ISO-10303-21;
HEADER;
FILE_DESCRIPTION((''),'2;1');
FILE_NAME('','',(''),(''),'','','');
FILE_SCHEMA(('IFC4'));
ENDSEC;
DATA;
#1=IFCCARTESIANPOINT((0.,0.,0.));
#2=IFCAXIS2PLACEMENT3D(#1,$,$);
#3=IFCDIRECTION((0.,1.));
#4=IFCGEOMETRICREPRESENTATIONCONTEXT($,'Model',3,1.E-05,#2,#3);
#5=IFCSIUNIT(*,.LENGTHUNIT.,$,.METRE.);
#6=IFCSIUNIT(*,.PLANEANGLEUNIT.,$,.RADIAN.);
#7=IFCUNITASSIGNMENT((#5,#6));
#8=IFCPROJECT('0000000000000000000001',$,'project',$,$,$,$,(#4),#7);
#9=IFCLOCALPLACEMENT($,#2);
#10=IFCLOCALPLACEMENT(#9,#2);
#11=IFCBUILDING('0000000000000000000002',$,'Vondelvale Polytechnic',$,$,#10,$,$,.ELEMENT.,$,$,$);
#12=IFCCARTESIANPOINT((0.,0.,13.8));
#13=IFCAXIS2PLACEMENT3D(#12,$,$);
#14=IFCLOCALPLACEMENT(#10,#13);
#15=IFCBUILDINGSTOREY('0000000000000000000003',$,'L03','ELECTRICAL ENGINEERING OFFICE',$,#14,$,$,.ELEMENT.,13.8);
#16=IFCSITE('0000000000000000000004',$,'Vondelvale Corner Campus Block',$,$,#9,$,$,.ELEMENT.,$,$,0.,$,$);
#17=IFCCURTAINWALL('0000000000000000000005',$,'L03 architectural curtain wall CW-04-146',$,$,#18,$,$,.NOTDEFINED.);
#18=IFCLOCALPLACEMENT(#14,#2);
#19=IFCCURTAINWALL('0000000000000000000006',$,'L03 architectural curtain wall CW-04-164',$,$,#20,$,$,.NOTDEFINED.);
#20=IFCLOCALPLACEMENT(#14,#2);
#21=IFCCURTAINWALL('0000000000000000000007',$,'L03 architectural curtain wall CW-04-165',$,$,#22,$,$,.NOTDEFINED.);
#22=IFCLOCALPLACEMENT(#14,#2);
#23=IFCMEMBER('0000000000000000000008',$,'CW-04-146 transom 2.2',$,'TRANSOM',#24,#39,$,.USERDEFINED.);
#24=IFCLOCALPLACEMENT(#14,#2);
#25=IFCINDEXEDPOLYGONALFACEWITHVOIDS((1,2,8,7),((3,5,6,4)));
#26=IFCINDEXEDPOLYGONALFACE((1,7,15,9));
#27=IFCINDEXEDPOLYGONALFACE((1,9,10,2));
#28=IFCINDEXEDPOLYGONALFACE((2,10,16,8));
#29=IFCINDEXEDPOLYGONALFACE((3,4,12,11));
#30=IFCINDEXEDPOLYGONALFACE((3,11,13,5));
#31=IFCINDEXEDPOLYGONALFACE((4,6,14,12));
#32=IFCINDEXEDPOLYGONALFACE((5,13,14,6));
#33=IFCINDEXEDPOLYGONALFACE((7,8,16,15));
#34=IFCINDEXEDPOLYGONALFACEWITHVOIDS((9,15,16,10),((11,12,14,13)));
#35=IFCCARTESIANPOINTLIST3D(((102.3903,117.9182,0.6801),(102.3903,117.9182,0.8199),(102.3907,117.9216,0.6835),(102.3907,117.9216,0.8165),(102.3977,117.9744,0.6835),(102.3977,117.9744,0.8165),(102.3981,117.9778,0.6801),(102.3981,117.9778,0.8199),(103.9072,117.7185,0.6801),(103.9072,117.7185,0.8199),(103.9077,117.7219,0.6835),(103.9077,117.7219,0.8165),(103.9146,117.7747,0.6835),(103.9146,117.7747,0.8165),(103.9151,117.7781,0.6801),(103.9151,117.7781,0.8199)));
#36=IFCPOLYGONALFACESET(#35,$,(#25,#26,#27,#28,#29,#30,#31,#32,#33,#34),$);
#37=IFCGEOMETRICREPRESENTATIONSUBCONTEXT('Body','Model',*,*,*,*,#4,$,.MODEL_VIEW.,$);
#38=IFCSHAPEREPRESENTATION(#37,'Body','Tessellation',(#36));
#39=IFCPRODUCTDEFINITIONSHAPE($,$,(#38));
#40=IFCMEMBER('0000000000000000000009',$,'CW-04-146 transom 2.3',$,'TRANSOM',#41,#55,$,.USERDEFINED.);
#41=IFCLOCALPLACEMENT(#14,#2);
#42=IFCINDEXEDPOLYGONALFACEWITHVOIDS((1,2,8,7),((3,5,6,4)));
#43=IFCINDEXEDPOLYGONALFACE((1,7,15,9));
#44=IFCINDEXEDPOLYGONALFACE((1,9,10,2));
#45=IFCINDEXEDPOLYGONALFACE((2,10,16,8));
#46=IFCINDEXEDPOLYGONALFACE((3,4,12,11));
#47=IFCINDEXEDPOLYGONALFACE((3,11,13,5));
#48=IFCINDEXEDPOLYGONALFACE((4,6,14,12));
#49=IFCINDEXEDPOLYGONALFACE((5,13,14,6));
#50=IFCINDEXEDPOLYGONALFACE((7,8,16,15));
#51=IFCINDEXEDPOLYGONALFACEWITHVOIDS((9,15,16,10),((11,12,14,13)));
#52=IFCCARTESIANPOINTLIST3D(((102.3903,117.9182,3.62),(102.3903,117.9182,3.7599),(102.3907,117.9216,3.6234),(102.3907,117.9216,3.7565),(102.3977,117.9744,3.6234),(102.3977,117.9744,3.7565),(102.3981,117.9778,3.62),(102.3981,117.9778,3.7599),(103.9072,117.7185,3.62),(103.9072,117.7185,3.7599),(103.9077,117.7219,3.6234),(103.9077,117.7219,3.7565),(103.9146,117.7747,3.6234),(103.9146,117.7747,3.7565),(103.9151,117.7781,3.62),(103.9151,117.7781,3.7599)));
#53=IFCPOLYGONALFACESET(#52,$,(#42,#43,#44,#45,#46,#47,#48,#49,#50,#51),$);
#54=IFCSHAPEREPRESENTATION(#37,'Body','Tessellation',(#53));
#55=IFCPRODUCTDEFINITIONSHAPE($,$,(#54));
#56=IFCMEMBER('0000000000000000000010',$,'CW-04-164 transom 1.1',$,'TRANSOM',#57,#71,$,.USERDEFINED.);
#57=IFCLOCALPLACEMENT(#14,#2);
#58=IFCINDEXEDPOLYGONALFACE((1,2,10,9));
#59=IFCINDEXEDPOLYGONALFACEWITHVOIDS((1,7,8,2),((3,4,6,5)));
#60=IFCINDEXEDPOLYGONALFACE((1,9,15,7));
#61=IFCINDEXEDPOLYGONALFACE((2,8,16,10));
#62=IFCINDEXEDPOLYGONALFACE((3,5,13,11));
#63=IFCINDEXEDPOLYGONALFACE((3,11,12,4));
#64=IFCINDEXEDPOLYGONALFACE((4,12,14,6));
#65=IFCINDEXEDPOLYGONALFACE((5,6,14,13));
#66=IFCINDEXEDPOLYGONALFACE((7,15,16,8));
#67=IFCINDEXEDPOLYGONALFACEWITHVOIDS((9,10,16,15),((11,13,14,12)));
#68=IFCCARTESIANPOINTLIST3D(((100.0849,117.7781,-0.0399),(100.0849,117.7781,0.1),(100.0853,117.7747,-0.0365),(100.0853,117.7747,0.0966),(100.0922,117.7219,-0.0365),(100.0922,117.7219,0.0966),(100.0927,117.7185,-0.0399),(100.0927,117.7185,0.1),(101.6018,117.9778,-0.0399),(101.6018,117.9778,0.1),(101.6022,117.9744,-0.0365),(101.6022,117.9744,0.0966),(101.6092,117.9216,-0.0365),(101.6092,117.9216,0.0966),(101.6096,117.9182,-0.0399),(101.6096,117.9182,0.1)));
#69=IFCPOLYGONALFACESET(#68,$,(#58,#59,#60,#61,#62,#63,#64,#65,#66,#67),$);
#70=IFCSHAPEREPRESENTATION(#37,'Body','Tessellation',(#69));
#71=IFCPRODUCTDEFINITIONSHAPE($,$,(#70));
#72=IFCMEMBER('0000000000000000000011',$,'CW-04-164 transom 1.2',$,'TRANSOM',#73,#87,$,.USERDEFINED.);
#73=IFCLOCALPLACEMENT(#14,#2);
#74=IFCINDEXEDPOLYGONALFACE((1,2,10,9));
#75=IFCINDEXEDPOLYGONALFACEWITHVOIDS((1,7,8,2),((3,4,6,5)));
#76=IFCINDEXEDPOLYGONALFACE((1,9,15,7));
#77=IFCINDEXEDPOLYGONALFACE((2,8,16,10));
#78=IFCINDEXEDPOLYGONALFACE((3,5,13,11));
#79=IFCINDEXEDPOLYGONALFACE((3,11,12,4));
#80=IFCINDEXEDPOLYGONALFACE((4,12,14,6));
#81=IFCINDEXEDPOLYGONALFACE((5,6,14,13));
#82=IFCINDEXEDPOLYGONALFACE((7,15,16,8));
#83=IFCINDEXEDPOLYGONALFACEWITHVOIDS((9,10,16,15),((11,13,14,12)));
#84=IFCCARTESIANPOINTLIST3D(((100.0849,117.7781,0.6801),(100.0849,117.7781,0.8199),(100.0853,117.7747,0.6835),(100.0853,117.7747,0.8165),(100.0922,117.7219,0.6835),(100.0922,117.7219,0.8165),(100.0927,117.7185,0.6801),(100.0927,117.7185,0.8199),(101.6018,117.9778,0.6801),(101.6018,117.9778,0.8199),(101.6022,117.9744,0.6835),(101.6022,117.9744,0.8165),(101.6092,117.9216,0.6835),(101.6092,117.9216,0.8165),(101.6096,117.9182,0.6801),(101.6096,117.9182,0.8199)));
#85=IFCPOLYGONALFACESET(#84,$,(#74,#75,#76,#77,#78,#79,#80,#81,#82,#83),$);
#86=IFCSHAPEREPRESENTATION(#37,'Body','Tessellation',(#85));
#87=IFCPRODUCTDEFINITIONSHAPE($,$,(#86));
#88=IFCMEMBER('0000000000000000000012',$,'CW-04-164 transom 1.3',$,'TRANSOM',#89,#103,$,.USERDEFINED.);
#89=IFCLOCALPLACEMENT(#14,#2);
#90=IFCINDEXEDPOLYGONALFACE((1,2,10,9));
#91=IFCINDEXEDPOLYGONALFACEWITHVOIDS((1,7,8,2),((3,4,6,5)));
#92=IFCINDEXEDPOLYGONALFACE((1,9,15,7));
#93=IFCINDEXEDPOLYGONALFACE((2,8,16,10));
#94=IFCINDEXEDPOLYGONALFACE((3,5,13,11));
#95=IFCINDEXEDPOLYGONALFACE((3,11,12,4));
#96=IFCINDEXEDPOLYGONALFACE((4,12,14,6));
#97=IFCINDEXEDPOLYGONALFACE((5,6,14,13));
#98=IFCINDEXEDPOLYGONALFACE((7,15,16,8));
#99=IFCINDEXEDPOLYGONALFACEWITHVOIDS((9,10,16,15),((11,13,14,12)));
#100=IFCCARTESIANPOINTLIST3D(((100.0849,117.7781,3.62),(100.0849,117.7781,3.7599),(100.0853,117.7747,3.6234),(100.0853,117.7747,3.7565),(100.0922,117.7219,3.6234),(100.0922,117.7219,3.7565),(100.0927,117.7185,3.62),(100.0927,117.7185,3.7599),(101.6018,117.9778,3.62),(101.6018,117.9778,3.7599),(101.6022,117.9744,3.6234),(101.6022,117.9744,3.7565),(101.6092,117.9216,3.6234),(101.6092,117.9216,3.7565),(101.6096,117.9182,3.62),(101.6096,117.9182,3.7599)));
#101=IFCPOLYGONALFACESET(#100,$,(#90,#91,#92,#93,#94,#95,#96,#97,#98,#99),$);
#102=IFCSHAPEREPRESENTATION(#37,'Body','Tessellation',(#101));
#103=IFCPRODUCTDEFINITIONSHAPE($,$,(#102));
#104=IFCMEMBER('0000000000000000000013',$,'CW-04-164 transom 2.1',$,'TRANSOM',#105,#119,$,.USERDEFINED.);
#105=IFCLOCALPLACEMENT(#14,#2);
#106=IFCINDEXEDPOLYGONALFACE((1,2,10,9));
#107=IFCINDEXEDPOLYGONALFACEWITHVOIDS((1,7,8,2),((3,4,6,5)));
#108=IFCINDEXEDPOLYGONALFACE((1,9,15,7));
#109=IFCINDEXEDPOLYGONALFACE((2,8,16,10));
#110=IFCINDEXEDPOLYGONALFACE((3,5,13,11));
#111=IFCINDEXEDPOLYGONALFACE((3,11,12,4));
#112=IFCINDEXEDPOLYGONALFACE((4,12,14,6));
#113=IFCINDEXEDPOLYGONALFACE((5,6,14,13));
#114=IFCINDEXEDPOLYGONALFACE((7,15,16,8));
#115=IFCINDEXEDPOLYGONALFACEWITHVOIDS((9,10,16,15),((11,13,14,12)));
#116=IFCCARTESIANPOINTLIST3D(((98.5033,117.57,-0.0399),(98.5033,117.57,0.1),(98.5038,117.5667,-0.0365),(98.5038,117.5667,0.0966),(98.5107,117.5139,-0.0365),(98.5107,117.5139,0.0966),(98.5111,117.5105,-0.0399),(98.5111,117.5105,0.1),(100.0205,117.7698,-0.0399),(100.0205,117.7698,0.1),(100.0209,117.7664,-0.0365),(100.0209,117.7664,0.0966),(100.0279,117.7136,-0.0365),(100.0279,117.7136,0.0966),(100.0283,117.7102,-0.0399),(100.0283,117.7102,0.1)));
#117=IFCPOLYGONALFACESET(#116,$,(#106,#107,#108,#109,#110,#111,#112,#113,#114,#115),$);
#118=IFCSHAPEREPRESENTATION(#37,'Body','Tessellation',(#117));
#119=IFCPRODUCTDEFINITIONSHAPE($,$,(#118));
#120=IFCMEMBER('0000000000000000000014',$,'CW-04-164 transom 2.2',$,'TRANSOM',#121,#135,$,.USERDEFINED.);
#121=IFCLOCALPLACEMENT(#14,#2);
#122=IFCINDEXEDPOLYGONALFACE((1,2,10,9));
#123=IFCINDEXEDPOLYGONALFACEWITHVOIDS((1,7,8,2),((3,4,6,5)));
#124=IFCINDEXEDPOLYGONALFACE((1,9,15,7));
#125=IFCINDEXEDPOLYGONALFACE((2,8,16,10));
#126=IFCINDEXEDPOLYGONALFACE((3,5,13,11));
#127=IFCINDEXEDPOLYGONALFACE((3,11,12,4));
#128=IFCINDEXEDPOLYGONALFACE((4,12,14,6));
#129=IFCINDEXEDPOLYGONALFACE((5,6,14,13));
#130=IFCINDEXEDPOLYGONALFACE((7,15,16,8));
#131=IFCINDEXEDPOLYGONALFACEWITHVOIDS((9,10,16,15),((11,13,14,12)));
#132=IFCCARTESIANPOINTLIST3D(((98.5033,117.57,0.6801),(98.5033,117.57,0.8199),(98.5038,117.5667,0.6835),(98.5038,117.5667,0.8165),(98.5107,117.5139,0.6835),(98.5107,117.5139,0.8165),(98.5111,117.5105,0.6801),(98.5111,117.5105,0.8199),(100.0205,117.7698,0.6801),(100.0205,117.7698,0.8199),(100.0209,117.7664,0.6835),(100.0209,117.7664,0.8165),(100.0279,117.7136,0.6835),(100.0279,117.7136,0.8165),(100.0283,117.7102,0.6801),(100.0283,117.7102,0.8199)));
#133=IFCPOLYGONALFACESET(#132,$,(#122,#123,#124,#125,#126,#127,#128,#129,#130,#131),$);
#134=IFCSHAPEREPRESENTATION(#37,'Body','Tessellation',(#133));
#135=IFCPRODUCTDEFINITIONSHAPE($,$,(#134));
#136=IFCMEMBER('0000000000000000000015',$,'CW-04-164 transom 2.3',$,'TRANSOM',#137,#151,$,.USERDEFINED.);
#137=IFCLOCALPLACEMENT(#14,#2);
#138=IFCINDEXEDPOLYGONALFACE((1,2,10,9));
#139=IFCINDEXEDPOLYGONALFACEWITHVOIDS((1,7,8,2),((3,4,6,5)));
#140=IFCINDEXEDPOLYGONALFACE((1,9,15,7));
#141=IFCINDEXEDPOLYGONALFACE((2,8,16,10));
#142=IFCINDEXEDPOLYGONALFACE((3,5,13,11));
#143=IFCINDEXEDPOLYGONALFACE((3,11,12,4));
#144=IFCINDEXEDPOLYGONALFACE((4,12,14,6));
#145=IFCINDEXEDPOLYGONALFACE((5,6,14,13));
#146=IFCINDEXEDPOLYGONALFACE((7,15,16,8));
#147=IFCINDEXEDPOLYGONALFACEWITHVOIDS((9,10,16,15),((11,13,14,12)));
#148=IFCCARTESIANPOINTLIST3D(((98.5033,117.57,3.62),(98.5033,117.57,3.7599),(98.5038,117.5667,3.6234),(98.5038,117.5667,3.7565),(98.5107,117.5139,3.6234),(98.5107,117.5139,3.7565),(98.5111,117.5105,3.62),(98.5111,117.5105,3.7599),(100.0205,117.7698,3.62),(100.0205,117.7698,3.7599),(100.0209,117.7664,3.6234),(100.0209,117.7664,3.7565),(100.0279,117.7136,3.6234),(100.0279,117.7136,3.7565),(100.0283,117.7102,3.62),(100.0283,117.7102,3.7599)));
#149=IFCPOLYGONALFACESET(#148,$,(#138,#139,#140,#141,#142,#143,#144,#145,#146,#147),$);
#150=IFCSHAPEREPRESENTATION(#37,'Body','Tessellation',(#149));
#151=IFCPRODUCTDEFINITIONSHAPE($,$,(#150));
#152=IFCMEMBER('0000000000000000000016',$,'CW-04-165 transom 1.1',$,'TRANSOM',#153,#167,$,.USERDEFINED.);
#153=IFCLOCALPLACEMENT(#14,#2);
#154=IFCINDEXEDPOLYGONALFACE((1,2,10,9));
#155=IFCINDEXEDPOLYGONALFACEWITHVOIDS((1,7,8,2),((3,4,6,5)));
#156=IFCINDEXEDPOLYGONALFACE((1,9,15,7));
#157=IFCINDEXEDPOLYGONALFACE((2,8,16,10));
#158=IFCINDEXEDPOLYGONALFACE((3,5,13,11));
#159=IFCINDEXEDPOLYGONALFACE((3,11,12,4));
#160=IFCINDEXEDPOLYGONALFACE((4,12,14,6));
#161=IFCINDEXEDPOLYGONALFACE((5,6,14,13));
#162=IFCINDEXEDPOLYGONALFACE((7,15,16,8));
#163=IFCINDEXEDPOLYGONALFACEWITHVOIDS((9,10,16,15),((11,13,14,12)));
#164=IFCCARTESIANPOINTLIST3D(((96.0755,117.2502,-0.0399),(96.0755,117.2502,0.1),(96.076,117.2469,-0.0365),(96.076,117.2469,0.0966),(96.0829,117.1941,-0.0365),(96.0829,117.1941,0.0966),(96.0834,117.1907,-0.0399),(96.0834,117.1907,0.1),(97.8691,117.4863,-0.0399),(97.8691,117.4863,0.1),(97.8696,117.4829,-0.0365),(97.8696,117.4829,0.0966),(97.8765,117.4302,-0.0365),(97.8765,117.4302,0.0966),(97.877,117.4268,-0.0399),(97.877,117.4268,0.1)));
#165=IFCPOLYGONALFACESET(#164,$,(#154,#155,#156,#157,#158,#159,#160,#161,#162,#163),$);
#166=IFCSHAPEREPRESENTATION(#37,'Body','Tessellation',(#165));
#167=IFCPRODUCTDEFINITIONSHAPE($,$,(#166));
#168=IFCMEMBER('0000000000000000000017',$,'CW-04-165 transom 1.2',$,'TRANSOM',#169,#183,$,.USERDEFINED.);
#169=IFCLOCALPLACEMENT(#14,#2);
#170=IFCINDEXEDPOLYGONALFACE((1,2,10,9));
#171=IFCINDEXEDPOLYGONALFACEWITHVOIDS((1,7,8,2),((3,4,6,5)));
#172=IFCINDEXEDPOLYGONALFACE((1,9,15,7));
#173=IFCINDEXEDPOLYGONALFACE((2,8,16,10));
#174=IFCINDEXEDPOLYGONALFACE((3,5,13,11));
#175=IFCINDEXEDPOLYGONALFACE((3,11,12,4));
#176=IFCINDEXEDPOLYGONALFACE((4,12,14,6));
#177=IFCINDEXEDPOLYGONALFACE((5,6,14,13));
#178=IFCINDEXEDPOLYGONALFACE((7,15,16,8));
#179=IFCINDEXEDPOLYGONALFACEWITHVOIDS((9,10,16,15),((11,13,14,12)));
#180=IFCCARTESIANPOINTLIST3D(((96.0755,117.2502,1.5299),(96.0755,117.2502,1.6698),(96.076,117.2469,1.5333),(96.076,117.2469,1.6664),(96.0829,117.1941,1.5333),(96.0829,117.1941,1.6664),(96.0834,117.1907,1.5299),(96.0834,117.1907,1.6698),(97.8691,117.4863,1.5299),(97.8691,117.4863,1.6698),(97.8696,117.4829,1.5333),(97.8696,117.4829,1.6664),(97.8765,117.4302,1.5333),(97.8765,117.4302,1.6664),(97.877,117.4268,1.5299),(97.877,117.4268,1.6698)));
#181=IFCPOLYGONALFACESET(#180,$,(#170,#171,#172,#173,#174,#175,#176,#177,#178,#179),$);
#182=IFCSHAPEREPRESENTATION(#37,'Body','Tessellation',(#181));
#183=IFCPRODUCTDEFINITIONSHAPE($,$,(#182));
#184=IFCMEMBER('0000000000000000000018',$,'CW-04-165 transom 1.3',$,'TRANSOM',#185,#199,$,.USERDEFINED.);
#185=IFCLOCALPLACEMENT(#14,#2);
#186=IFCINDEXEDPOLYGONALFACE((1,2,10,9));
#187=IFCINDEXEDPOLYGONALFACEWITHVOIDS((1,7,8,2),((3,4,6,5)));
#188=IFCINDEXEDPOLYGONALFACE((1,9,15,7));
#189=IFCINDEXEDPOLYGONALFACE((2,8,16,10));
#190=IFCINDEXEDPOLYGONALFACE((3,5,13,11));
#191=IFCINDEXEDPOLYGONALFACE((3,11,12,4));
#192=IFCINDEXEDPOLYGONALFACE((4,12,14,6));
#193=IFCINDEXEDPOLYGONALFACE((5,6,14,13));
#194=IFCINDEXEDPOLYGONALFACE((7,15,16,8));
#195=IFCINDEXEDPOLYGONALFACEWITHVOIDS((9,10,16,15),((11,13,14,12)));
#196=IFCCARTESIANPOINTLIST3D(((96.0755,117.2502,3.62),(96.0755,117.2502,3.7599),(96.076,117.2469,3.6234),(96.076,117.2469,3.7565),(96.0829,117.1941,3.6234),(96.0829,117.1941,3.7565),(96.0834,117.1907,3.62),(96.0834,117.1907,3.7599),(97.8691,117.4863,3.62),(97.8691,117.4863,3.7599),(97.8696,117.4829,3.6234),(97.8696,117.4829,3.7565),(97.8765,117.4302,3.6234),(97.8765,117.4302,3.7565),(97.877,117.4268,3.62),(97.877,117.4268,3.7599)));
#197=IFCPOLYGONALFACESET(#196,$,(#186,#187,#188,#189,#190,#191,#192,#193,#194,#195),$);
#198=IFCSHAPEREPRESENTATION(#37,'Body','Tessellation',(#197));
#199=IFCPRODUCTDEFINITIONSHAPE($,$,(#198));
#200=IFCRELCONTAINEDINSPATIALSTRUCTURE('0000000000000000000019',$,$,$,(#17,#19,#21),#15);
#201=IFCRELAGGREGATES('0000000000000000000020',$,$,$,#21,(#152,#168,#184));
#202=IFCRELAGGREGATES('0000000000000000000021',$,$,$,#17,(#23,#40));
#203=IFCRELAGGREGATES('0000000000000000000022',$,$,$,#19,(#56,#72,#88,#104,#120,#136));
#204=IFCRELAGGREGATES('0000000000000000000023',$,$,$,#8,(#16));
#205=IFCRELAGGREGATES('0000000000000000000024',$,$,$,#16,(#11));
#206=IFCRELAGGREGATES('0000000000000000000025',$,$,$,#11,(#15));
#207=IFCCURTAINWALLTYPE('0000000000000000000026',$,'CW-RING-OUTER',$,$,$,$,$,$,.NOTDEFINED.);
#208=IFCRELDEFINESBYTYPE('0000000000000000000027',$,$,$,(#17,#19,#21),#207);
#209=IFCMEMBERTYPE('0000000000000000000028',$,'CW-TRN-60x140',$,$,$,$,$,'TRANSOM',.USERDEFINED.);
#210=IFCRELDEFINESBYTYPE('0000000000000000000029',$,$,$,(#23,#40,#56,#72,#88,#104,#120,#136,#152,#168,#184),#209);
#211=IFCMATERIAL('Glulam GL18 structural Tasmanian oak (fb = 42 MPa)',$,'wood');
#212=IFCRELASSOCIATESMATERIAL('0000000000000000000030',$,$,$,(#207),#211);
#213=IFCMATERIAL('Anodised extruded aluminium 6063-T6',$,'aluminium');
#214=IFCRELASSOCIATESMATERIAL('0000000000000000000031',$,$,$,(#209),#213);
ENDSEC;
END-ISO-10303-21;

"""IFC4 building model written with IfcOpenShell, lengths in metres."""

from ifc_helpers import new_model, si_unit, direction, frame, origin, origin_2d, place, context, subcontext, project, spatial, hollow_rectangle, extrude, material, material_profile, profile_set, type_object, element, aggregate, save


model = new_model("IFC4")

# Units and contexts
model_context = context("Model", 3, precision=1e-05, world=origin(), true_north=direction((0.0, 1.0)))
body_context = subcontext(model_context, "Body", "Model", "MODEL_VIEW")
ifc_project = project(units=[si_unit("LENGTHUNIT", "METRE"), si_unit("PLANEANGLEUNIT", "RADIAN")], contexts=[model_context])

# Site, building, storey
site_placement = place(None, origin())
site = spatial("IfcSite", under=ifc_project, at=site_placement, Name="Vondelvale Corner Campus Block", CompositionType="ELEMENT", RefElevation=0.0)
building_placement = place(site_placement, origin())
building = spatial("IfcBuilding", under=site, at=building_placement, Name="Vondelvale Polytechnic", CompositionType="ELEMENT")
storey_placement = place(building_placement, frame((0.0, 0.0, 13.8)))
storey = spatial("IfcBuildingStorey", under=building, at=storey_placement, Name="L03", Description="ELECTRICAL ENGINEERING OFFICE", CompositionType="ELEMENT", Elevation=13.8)

# Shared definitions
ifc_material_1 = material(Name="Glulam GL18 structural Tasmanian oak (fb = 42 MPa)", Category="wood")

# Curtain walls
curtain_wall_type = type_object("IfcCurtainWallType", Name="CW-RING-OUTER", PredefinedType="NOTDEFINED", material=ifc_material_1)
curtain_wall_1_placement = place(storey_placement, origin())
curtain_wall_1 = element("IfcCurtainWall", 1, at=curtain_wall_1_placement, inside=storey, type_object=curtain_wall_type, Name="L03 architectural curtain wall CW-04-146", PredefinedType="NOTDEFINED")
ifc_material_2 = material(Name="Anodised extruded aluminium 6063-T6", Category="aluminium")
curtain_wall_2_placement = place(storey_placement, origin())
curtain_wall_2 = element("IfcCurtainWall", 2, at=curtain_wall_2_placement, inside=storey, type_object=curtain_wall_type, Name="L03 architectural curtain wall CW-04-164", PredefinedType="NOTDEFINED")

# Curtain wall
curtain_wall_3_placement = place(storey_placement, origin())
curtain_wall_3 = element("IfcCurtainWall", 3, at=curtain_wall_3_placement, inside=storey, type_object=curtain_wall_type, Name="L03 architectural curtain wall CW-04-165", PredefinedType="NOTDEFINED")

# Members
ifc_material_profile_1 = material_profile(ifc_material_2, hollow_rectangle(XDim=0.0601, YDim=0.1399, WallThickness=0.0034, at=origin_2d()), Name="CW-TRN-140x60")
ifc_profile_set_1 = profile_set([ifc_material_profile_1], Name="Anodised extruded aluminium 6063-T6")
member_type_1 = type_object("IfcMemberType", Name="CW-TRN-60x140", ElementType="TRANSOM", PredefinedType="USERDEFINED", material=ifc_profile_set_1)
member_1_placement = place(storey_placement, frame((103.9111, 117.7483, 0.75), z_axis=(-0.991444, 0.130533, 0.0), x_axis=(-0.130533, -0.991444, 0.0)))
member_1 = element("IfcMember", 4, at=member_1_placement, type_object=member_type_1, Name="CW-04-146 transom 2.2", ObjectType="TRANSOM", PredefinedType="USERDEFINED", context=body_context, shape_type="SweptSolid", body=[
    extrude(hollow_rectangle(XDim=0.0601, YDim=0.1399, WallThickness=0.0034, at=origin_2d()), origin(), (0.0, 0.0, 1.0), 1.53),
])
member_2_placement = place(storey_placement, frame((103.9111, 117.7483, 3.6899), z_axis=(-0.991444, 0.130533, 0.0), x_axis=(-0.130533, -0.991444, 0.0)))
member_2 = element("IfcMember", 5, at=member_2_placement, type_object=member_type_1, Name="CW-04-146 transom 2.3", ObjectType="TRANSOM", PredefinedType="USERDEFINED", context=body_context, shape_type="SweptSolid", body=[
    extrude(hollow_rectangle(XDim=0.0601, YDim=0.1399, WallThickness=0.0034, at=origin_2d()), origin(), (0.0, 0.0, 1.0), 1.53),
])
member_3_placement = place(storey_placement, frame((101.6057, 117.948, 0.03), z_axis=(-0.991444, -0.130533, 0.0), x_axis=(0.130533, -0.991444, 0.0)))
member_3 = element("IfcMember", 6, at=member_3_placement, type_object=member_type_1, Name="CW-04-164 transom 1.1", ObjectType="TRANSOM", PredefinedType="USERDEFINED", context=body_context, shape_type="SweptSolid", body=[
    extrude(hollow_rectangle(XDim=0.0601, YDim=0.1399, WallThickness=0.0034, at=origin_2d()), origin(), (0.0, 0.0, 1.0), 1.53),
])
member_4_placement = place(storey_placement, frame((101.6057, 117.948, 0.75), z_axis=(-0.991444, -0.130533, 0.0), x_axis=(0.130533, -0.991444, 0.0)))
member_4 = element("IfcMember", 7, at=member_4_placement, type_object=member_type_1, Name="CW-04-164 transom 1.2", ObjectType="TRANSOM", PredefinedType="USERDEFINED", context=body_context, shape_type="SweptSolid", body=[
    extrude(hollow_rectangle(XDim=0.0601, YDim=0.1399, WallThickness=0.0034, at=origin_2d()), origin(), (0.0, 0.0, 1.0), 1.53),
])
member_5_placement = place(storey_placement, frame((101.6057, 117.948, 3.6899), z_axis=(-0.991444, -0.130533, 0.0), x_axis=(0.130533, -0.991444, 0.0)))
member_5 = element("IfcMember", 8, at=member_5_placement, type_object=member_type_1, Name="CW-04-164 transom 1.3", ObjectType="TRANSOM", PredefinedType="USERDEFINED", context=body_context, shape_type="SweptSolid", body=[
    extrude(hollow_rectangle(XDim=0.0601, YDim=0.1399, WallThickness=0.0034, at=origin_2d()), origin(), (0.0, 0.0, 1.0), 1.53),
])
member_6_placement = place(storey_placement, frame((100.0244, 117.74, 0.03), z_axis=(-0.991447, -0.130512, 0.0), x_axis=(0.130512, -0.991447, 0.0)))
member_6 = element("IfcMember", 9, at=member_6_placement, type_object=member_type_1, Name="CW-04-164 transom 2.1", ObjectType="TRANSOM", PredefinedType="USERDEFINED", context=body_context, shape_type="SweptSolid", body=[
    extrude(hollow_rectangle(XDim=0.0601, YDim=0.1399, WallThickness=0.0034, at=origin_2d()), origin(), (0.0, 0.0, 1.0), 1.5303),
])
member_7_placement = place(storey_placement, frame((100.0244, 117.74, 0.75), z_axis=(-0.991447, -0.130512, 0.0), x_axis=(0.130512, -0.991447, 0.0)))
member_7 = element("IfcMember", 10, at=member_7_placement, type_object=member_type_1, Name="CW-04-164 transom 2.2", ObjectType="TRANSOM", PredefinedType="USERDEFINED", context=body_context, shape_type="SweptSolid", body=[
    extrude(hollow_rectangle(XDim=0.0601, YDim=0.1399, WallThickness=0.0034, at=origin_2d()), origin(), (0.0, 0.0, 1.0), 1.5303),
])
member_8_placement = place(storey_placement, frame((100.0244, 117.74, 3.6899), z_axis=(-0.991447, -0.130512, 0.0), x_axis=(0.130512, -0.991447, 0.0)))
member_8 = element("IfcMember", 11, at=member_8_placement, type_object=member_type_1, Name="CW-04-164 transom 2.3", ObjectType="TRANSOM", PredefinedType="USERDEFINED", context=body_context, shape_type="SweptSolid", body=[
    extrude(hollow_rectangle(XDim=0.0601, YDim=0.1399, WallThickness=0.0034, at=origin_2d()), origin(), (0.0, 0.0, 1.0), 1.5303),
])
member_9_placement = place(storey_placement, frame((97.873, 117.4565, 0.03), z_axis=(-0.991449, -0.130493, 0.0), x_axis=(0.130493, -0.991449, 0.0)))
member_9 = element("IfcMember", 12, at=member_9_placement, type_object=member_type_1, Name="CW-04-165 transom 1.1", ObjectType="TRANSOM", PredefinedType="USERDEFINED", context=body_context, shape_type="SweptSolid", body=[
    extrude(hollow_rectangle(XDim=0.0601, YDim=0.1399, WallThickness=0.0034, at=origin_2d()), origin(), (0.0, 0.0, 1.0), 1.8091),
])
member_10_placement = place(storey_placement, frame((97.873, 117.4565, 1.5999), z_axis=(-0.991449, -0.130493, 0.0), x_axis=(0.130493, -0.991449, 0.0)))
member_10 = element("IfcMember", 13, at=member_10_placement, type_object=member_type_1, Name="CW-04-165 transom 1.2", ObjectType="TRANSOM", PredefinedType="USERDEFINED", context=body_context, shape_type="SweptSolid", body=[
    extrude(hollow_rectangle(XDim=0.0601, YDim=0.1399, WallThickness=0.0034, at=origin_2d()), origin(), (0.0, 0.0, 1.0), 1.8091),
])
member_11_placement = place(storey_placement, frame((97.873, 117.4565, 3.6899), z_axis=(-0.991449, -0.130493, 0.0), x_axis=(0.130493, -0.991449, 0.0)))
member_11 = element("IfcMember", 14, at=member_11_placement, type_object=member_type_1, Name="CW-04-165 transom 1.3", ObjectType="TRANSOM", PredefinedType="USERDEFINED", context=body_context, shape_type="SweptSolid", body=[
    extrude(hollow_rectangle(XDim=0.0601, YDim=0.1399, WallThickness=0.0034, at=origin_2d()), origin(), (0.0, 0.0, 1.0), 1.8091),
])

aggregate(curtain_wall_3, [member_9, member_10, member_11])
aggregate(curtain_wall_1, [member_1, member_2])
aggregate(curtain_wall_2, [member_3, member_4, member_5, member_6, member_7, member_8])

save(model, "model.ifc")
